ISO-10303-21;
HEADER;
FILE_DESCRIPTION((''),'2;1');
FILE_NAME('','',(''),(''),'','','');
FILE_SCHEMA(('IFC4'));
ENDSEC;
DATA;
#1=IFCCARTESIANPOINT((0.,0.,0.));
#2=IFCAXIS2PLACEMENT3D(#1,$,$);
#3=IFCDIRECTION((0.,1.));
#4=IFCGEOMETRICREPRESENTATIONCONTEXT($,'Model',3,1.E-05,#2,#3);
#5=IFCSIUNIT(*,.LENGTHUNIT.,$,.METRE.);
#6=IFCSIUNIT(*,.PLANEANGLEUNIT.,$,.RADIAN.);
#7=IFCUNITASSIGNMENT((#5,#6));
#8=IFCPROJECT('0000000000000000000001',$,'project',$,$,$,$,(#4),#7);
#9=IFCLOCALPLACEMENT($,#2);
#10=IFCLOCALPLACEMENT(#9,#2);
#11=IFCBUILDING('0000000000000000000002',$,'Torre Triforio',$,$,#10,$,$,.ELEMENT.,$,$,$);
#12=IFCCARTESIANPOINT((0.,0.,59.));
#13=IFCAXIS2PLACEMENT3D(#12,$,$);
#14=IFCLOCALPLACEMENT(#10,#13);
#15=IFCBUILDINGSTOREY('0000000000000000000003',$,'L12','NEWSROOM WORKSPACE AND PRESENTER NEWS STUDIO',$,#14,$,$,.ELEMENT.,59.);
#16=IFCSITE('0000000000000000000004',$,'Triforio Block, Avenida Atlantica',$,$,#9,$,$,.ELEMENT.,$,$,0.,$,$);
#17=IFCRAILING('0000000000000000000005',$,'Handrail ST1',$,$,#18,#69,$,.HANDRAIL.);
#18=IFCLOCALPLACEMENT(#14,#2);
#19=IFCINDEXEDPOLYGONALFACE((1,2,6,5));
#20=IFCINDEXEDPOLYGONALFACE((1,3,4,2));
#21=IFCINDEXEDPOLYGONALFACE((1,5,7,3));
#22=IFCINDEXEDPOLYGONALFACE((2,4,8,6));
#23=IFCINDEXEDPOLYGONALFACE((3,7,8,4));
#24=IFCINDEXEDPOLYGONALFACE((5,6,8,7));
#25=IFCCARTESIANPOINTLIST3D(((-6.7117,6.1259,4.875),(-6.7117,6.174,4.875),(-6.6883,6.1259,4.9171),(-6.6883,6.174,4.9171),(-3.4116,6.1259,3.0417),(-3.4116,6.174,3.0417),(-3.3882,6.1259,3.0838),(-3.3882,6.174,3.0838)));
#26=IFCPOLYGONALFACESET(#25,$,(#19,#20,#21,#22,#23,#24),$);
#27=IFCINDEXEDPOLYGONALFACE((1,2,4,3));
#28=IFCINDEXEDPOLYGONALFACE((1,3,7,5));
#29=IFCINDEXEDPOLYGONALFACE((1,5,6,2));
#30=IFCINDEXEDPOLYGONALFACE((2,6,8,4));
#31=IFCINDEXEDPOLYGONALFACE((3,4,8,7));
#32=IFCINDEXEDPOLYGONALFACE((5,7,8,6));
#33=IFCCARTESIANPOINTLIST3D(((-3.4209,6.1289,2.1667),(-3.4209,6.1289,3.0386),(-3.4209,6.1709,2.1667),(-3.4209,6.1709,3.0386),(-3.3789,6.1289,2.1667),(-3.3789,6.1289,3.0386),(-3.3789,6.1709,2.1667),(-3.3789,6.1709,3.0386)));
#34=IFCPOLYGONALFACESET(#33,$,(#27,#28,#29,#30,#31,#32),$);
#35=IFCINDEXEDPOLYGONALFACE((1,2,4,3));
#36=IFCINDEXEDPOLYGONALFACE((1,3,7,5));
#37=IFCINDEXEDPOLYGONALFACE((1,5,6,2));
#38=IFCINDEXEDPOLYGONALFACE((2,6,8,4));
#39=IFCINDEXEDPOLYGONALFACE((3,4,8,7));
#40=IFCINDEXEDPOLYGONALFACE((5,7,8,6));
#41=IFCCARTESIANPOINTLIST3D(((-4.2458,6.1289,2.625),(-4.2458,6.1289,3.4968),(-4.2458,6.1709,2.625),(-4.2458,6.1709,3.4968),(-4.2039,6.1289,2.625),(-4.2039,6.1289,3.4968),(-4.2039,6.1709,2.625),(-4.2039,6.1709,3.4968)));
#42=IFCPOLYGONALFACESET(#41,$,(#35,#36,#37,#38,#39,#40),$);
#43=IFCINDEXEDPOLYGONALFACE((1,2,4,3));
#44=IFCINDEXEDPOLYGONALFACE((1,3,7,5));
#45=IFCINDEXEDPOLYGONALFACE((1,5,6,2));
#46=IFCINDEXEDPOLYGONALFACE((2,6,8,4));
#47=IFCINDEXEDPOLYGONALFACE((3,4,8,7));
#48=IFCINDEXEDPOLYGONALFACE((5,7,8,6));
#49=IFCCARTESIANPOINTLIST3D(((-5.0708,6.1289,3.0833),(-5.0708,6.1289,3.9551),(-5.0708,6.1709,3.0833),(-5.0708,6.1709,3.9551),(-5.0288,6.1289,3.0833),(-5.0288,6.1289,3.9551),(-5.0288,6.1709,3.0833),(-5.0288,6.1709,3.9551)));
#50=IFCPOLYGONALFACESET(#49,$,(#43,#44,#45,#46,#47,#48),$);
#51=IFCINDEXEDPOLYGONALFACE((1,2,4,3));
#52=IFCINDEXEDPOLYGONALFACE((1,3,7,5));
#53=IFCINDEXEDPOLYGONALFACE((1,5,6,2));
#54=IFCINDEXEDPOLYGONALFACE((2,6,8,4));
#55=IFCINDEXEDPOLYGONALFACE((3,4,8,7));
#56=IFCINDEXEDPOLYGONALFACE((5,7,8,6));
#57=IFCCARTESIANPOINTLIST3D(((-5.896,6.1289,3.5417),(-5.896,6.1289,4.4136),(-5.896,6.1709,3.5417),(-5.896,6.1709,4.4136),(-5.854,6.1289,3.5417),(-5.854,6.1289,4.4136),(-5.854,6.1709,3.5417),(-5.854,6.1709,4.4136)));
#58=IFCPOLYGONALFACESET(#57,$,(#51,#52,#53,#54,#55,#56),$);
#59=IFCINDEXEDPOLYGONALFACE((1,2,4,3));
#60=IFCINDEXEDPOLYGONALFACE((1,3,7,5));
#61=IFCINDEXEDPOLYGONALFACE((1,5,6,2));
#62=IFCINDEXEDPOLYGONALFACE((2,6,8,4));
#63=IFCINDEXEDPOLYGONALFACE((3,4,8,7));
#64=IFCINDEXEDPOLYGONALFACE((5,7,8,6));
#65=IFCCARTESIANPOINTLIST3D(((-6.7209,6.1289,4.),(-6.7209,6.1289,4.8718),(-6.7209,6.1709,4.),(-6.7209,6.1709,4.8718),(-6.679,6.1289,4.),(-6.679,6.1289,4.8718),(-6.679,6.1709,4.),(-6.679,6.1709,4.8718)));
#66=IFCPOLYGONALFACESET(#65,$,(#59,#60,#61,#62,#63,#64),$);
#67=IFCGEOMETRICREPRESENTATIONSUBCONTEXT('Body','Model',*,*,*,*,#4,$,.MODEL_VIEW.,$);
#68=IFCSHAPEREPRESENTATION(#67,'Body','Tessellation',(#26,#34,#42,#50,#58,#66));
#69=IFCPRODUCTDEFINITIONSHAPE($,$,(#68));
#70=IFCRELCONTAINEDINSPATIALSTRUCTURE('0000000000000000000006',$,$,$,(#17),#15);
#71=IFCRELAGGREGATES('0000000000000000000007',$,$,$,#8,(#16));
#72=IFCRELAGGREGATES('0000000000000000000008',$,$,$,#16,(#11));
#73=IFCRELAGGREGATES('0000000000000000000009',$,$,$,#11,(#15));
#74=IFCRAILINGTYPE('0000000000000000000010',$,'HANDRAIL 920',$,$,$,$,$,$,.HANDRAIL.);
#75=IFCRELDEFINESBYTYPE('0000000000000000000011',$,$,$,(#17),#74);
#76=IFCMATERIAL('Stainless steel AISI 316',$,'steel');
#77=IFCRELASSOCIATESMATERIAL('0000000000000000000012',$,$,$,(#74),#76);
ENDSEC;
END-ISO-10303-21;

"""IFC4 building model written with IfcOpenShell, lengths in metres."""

from ifc_helpers import new_model, si_unit, direction, frame, origin, origin_2d, place, context, subcontext, project, spatial, rectangle, extrude, material, type_object, element, save


model = new_model("IFC4")

# Units and contexts
model_context = context("Model", 3, precision=1e-05, world=origin(), true_north=direction((0.0, 1.0)))
body_context = subcontext(model_context, "Body", "Model", "MODEL_VIEW")
ifc_project = project(units=[si_unit("LENGTHUNIT", "METRE"), si_unit("PLANEANGLEUNIT", "RADIAN")], contexts=[model_context])

# Site, building, storey
site_placement = place(None, origin())
site = spatial("IfcSite", under=ifc_project, at=site_placement, Name="Triforio Block, Avenida Atlantica", CompositionType="ELEMENT", RefElevation=0.0)
building_placement = place(site_placement, origin())
building = spatial("IfcBuilding", under=site, at=building_placement, Name="Torre Triforio", CompositionType="ELEMENT")
storey_placement = place(building_placement, frame((0.0, 0.0, 59.0)))
storey = spatial("IfcBuildingStorey", under=building, at=storey_placement, Name="L12", Description="NEWSROOM WORKSPACE AND PRESENTER NEWS STUDIO", CompositionType="ELEMENT", Elevation=59.0)

# Railing
ifc_material_1 = material(Name="Stainless steel AISI 316", Category="steel")
railing_type = type_object("IfcRailingType", Name="HANDRAIL 920", PredefinedType="HANDRAIL", material=ifc_material_1)
for number, where, name in (
    (1, (-3.3999, 6.1499, 2.1667), "Handrail ST1"),
):
    element("IfcRailing", number, at=place(storey_placement, frame(where)), inside=storey, type_object=railing_type, Name=name, PredefinedType="HANDRAIL", context=body_context, shape_type="SweptSolid", body=[
        extrude(rectangle(XDim=0.0481, YDim=0.0481, at=origin_2d()), frame((0.0, 0.0, 0.896), z_axis=(-0.874169, 0.0, 0.485621), x_axis=(0.0, -1.0, 0.0)), (0.0, 0.0, 1.0), 3.7751),
        extrude(rectangle(XDim=0.042, YDim=0.042, at=origin_2d()), origin(), (0.0, 0.0, 1.0), 0.8718),
        extrude(rectangle(XDim=0.042, YDim=0.042, at=origin_2d()), frame((-0.825, 0.0, 0.4583)), (0.0, 0.0, 1.0), 0.8718),
        extrude(rectangle(XDim=0.042, YDim=0.042, at=origin_2d()), frame((-1.6499, 0.0, 0.9165)), (0.0, 0.0, 1.0), 0.8718),
        extrude(rectangle(XDim=0.042, YDim=0.042, at=origin_2d()), frame((-2.4751, 0.0, 1.375)), (0.0, 0.0, 1.0), 0.8718),
        extrude(rectangle(XDim=0.042, YDim=0.042, at=origin_2d()), frame((-3.3, 0.0, 1.8333)), (0.0, 0.0, 1.0), 0.8718),
    ])

save(model, "model.ifc")
